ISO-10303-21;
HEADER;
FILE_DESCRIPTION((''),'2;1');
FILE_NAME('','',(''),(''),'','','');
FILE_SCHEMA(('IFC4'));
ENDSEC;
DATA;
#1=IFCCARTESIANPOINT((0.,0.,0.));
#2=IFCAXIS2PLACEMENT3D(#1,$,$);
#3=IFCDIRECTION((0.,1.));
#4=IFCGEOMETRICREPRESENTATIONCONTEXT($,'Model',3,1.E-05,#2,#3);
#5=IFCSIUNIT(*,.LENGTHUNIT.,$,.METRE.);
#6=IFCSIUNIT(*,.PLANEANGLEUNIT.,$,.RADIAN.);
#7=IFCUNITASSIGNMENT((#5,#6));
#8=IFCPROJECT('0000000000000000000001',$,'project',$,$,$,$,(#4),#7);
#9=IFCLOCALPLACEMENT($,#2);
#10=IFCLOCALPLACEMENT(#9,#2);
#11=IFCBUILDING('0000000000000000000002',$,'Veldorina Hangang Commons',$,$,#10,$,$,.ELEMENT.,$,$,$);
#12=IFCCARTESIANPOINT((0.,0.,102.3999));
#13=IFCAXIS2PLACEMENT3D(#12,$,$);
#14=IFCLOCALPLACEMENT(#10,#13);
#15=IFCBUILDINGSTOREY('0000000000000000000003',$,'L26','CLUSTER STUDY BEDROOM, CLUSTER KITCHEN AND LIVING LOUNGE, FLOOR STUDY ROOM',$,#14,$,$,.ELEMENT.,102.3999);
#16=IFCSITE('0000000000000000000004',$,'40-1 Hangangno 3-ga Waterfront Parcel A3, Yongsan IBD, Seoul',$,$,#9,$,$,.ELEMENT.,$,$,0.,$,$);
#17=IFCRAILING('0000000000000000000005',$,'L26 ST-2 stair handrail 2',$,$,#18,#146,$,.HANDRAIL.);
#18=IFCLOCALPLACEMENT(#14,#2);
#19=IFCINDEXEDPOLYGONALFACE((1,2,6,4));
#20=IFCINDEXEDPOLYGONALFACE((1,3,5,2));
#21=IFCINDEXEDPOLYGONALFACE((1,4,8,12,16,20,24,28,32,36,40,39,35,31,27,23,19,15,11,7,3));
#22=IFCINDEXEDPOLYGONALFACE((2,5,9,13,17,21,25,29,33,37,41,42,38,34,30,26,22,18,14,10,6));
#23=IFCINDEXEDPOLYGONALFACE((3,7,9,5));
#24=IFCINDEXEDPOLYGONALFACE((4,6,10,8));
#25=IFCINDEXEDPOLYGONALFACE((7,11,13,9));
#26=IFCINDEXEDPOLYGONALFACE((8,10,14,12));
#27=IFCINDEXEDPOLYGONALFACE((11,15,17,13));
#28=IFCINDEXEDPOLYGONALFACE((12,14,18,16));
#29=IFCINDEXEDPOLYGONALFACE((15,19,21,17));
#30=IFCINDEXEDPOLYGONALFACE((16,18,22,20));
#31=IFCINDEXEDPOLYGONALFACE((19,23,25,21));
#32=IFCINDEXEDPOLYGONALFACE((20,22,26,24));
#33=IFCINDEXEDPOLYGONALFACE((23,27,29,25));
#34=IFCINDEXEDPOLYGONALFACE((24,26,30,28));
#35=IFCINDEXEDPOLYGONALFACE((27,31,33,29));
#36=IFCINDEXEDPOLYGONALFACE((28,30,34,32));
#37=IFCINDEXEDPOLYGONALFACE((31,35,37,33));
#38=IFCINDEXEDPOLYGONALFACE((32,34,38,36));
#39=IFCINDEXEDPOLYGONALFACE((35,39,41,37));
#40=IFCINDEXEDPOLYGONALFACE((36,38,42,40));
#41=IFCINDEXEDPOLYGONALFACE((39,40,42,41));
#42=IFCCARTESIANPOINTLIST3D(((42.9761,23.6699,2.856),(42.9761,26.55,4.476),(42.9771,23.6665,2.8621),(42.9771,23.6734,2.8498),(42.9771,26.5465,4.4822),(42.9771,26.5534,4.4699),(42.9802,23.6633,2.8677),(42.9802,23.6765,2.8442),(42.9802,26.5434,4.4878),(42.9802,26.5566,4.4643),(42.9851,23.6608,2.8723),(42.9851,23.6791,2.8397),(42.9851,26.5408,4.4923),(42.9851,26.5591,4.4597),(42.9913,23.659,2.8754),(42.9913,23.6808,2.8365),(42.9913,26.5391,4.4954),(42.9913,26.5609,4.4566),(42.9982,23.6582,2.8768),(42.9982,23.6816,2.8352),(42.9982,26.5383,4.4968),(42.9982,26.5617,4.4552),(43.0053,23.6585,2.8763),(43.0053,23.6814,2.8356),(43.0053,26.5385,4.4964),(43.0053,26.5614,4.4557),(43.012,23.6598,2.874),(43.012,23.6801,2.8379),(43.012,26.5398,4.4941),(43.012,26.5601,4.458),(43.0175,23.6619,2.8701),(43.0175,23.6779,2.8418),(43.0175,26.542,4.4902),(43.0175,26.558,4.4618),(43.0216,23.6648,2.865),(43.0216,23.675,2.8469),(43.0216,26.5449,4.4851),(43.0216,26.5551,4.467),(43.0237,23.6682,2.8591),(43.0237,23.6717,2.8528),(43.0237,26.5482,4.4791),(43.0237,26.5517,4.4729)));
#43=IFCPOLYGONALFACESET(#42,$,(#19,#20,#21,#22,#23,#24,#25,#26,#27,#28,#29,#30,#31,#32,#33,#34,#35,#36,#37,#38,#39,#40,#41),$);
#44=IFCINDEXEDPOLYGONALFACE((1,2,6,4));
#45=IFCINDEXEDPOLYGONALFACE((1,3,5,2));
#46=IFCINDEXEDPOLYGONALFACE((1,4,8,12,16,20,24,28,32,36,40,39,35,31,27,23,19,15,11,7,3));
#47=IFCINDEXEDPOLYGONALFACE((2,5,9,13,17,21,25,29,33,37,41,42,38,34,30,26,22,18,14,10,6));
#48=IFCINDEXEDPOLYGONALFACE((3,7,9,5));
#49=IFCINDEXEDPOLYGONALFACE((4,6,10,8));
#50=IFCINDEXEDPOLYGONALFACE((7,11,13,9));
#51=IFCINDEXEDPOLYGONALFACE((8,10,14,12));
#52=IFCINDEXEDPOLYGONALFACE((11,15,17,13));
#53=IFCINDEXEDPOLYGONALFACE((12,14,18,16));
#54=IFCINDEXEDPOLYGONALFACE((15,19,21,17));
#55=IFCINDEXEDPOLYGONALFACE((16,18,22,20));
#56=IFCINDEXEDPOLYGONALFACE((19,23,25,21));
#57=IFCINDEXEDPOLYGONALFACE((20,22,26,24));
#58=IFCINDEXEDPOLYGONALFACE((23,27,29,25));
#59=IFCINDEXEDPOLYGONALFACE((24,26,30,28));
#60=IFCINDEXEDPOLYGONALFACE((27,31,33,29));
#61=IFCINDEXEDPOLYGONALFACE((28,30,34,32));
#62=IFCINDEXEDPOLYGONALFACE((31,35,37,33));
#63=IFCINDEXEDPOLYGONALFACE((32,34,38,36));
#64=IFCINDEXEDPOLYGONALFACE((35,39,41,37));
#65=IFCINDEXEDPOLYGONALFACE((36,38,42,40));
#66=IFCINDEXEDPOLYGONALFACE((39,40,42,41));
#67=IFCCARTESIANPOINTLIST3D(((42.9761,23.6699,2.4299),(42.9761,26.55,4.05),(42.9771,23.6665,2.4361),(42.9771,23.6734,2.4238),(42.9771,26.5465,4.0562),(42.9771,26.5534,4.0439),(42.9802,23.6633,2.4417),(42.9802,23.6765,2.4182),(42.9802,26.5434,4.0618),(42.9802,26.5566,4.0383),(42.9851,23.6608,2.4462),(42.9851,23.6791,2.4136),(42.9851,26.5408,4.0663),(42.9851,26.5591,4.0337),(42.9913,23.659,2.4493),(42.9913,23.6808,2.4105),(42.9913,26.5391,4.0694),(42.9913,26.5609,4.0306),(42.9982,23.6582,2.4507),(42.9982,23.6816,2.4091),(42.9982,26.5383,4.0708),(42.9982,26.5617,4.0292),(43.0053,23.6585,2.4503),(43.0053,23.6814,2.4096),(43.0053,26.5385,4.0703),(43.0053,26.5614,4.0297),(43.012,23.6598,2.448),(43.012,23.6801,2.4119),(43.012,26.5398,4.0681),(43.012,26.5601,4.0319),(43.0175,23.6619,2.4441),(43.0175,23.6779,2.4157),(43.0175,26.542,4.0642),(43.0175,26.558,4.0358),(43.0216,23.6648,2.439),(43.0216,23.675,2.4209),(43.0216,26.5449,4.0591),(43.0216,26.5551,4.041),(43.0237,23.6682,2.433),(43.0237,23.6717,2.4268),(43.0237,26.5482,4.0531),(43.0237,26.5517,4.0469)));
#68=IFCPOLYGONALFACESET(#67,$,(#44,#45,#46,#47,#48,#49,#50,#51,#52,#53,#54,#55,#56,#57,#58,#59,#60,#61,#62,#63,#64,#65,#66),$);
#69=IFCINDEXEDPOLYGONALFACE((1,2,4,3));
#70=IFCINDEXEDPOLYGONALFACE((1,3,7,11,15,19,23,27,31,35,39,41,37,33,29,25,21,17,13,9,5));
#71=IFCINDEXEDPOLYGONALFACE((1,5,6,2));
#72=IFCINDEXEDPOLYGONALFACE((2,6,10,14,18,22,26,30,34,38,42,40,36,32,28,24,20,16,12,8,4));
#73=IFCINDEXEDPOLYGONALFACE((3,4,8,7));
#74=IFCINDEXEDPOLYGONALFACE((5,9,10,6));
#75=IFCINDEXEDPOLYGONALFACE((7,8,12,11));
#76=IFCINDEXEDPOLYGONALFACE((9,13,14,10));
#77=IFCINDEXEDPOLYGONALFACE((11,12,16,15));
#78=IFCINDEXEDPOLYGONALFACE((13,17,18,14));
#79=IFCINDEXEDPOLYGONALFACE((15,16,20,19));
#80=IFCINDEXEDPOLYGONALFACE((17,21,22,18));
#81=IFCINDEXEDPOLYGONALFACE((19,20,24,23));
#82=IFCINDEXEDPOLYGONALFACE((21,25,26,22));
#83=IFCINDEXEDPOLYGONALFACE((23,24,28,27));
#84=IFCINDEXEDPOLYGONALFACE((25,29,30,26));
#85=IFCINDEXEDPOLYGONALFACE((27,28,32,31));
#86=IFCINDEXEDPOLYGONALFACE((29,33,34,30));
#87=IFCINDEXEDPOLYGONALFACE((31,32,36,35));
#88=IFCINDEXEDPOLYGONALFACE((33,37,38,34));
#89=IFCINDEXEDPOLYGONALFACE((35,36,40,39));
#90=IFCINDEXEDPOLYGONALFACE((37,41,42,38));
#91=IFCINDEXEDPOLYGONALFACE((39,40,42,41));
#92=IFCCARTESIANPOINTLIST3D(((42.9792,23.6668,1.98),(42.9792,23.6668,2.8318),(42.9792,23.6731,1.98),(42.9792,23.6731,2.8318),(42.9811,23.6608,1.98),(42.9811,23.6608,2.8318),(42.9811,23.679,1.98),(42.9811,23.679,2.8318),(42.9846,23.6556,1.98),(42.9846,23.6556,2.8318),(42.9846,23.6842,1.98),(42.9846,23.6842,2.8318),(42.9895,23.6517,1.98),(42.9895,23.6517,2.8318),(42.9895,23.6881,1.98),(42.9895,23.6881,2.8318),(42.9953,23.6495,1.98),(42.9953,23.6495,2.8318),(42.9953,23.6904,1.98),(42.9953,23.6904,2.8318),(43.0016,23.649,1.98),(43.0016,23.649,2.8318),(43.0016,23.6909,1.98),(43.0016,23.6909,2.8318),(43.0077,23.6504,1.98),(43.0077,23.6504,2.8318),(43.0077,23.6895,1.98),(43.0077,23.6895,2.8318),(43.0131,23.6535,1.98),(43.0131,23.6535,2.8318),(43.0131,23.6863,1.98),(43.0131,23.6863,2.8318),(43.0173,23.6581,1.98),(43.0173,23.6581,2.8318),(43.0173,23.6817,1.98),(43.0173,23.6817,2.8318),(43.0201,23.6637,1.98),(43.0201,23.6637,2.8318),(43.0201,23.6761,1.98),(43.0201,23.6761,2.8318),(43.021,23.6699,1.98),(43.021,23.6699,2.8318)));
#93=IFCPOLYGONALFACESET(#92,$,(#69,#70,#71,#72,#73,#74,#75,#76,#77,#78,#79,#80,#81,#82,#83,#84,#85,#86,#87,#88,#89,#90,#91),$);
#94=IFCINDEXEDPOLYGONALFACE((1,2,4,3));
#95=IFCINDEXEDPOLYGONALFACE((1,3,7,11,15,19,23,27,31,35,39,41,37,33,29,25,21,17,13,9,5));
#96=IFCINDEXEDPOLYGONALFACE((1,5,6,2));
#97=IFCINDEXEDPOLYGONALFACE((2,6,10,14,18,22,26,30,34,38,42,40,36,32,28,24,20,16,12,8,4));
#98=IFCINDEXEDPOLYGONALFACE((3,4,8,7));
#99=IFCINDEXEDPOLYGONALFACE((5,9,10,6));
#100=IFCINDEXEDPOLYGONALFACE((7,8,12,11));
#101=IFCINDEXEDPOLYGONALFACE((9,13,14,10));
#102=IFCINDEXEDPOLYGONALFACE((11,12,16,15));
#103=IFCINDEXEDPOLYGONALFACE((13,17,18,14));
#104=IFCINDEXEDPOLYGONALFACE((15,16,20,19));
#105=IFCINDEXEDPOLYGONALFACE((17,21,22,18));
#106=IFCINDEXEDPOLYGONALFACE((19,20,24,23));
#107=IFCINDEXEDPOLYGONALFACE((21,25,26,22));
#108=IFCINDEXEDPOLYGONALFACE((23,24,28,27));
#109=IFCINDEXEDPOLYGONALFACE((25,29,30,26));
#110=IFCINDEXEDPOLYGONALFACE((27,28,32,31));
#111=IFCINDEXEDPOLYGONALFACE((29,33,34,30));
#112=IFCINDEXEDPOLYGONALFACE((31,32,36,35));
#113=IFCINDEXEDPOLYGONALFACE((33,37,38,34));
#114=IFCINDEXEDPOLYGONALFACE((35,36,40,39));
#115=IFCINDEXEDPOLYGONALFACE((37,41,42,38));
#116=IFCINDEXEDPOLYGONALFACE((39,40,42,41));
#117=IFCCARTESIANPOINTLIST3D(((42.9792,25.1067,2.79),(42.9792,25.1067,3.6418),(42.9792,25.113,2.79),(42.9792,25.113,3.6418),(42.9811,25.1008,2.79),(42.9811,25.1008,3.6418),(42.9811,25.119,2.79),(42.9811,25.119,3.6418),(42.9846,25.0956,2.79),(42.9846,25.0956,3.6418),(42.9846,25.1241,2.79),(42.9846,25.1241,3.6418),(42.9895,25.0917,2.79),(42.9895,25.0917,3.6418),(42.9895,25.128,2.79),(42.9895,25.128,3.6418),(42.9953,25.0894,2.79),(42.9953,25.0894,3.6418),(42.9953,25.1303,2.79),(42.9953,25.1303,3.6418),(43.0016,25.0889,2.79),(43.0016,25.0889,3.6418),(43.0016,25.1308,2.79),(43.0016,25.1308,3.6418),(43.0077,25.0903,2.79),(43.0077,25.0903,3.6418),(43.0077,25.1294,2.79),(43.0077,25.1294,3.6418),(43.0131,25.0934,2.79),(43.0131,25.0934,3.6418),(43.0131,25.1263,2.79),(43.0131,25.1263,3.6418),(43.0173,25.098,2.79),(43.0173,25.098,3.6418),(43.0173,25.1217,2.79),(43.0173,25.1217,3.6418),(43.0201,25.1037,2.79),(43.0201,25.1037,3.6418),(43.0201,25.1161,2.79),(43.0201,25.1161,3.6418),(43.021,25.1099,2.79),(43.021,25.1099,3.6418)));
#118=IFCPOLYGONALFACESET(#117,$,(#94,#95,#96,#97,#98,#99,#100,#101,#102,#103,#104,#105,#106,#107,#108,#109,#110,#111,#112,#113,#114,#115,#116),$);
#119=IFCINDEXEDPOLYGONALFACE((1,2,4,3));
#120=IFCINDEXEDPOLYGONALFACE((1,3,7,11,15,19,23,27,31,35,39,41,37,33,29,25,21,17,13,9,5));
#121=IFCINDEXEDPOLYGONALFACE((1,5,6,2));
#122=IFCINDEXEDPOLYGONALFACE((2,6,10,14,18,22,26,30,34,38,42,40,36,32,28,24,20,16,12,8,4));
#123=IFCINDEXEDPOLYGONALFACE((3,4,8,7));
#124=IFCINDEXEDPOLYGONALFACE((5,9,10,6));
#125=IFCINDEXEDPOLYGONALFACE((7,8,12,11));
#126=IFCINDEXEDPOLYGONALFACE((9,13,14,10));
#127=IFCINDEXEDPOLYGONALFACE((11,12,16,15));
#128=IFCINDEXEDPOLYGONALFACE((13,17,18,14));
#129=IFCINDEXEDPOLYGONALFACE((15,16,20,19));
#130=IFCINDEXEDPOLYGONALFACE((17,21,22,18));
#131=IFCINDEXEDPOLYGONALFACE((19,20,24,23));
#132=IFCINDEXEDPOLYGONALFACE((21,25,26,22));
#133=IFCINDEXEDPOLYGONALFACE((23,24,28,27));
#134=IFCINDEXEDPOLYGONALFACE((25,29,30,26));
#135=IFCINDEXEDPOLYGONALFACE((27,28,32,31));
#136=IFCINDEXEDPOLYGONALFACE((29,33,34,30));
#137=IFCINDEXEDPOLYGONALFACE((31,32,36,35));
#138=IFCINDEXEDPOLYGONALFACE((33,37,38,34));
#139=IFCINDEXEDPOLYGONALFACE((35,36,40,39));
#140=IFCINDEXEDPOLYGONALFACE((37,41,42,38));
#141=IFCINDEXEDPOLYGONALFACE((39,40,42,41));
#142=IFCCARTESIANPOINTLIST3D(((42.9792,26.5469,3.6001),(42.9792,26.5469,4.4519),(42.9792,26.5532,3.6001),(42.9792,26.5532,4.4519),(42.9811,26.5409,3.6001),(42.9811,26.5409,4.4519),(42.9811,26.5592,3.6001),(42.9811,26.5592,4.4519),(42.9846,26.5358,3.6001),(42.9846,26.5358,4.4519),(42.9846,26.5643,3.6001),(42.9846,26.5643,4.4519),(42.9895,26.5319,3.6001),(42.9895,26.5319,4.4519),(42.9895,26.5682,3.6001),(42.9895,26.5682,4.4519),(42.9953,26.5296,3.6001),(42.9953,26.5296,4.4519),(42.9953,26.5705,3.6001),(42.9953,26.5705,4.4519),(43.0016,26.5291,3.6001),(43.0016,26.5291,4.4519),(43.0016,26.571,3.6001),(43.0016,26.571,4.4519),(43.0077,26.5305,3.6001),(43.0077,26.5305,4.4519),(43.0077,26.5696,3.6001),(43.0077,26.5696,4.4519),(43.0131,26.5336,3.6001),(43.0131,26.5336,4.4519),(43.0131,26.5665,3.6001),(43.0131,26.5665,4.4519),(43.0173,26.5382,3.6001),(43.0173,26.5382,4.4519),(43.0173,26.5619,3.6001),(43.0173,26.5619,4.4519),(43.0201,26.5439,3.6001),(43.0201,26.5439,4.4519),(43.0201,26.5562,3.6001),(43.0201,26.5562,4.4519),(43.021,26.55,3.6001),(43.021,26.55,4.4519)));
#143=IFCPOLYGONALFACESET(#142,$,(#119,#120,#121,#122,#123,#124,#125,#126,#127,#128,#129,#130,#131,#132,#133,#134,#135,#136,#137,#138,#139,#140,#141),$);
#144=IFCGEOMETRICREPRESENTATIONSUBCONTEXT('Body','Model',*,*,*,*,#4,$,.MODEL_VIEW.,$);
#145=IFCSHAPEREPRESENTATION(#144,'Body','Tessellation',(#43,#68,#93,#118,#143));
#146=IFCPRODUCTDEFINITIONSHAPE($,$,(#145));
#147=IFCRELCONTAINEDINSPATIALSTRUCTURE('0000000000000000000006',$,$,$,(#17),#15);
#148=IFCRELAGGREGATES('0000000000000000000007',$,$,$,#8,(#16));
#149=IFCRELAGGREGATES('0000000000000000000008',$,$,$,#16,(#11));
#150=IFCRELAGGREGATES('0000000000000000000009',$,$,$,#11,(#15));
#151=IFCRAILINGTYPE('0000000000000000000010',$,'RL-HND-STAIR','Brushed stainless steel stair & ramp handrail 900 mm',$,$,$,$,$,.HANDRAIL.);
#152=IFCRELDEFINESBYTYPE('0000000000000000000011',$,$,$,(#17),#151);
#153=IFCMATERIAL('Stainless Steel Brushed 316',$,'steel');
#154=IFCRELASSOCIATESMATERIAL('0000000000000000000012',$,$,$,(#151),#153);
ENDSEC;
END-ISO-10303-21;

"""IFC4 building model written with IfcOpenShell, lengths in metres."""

from ifc_helpers import new_model, si_unit, direction, frame, origin, origin_2d, place, context, subcontext, project, spatial, circle, extrude, material, type_object, element, save


model = new_model("IFC4")

# Units and contexts
model_context = context("Model", 3, precision=1e-05, world=origin(), true_north=direction((0.0, 1.0)))
body_context = subcontext(model_context, "Body", "Model", "MODEL_VIEW")
ifc_project = project(units=[si_unit("LENGTHUNIT", "METRE"), si_unit("PLANEANGLEUNIT", "RADIAN")], contexts=[model_context])

# Site, building, storey
site_placement = place(None, origin())
site = spatial("IfcSite", under=ifc_project, at=site_placement, Name="40-1 Hangangno 3-ga Waterfront Parcel A3, Yongsan IBD, Seoul", CompositionType="ELEMENT", RefElevation=0.0)
building_placement = place(site_placement, origin())
building = spatial("IfcBuilding", under=site, at=building_placement, Name="Veldorina Hangang Commons", CompositionType="ELEMENT")
storey_placement = place(building_placement, frame((0.0, 0.0, 102.3999)))
storey = spatial("IfcBuildingStorey", under=building, at=storey_placement, Name="L26", Description="CLUSTER STUDY BEDROOM, CLUSTER KITCHEN AND LIVING LOUNGE, FLOOR STUDY ROOM", CompositionType="ELEMENT", Elevation=102.3999)

# Railing
ifc_material_1 = material(Name="Stainless Steel Brushed 316", Category="steel")
railing_type_1 = type_object("IfcRailingType", Name="RL-HND-STAIR", Description="Brushed stainless steel stair & ramp handrail 900 mm", PredefinedType="HANDRAIL", material=ifc_material_1)
railing_1_placement = place(storey_placement, frame((43.0, 23.6699, 1.98)))
element("IfcRailing", 1, at=railing_1_placement, inside=storey, type_object=railing_type_1, Name="L26 ST-2 stair handrail 2", PredefinedType="HANDRAIL", context=body_context, shape_type="SweptSolid", body=[
    extrude(circle(Radius=0.0239, at=origin_2d()), frame((0.0, 0.0, 0.876), z_axis=(0.0, 0.87157, 0.490272), x_axis=(-1.0, 0.0, 0.0)), (0.0, 0.0, 1.0), 3.3044),
    extrude(circle(Radius=0.0239, at=origin_2d()), frame((0.0, 0.0, 0.45), z_axis=(0.0, 0.87157, 0.490272), x_axis=(-1.0, 0.0, 0.0)), (0.0, 0.0, 1.0), 3.3044),
    extrude(circle(Radius=0.021, at=origin_2d()), origin(), (0.0, 0.0, 1.0), 0.8518),
    extrude(circle(Radius=0.021, at=origin_2d()), frame((0.0, 1.4399, 0.8101)), (0.0, 0.0, 1.0), 0.8518),
    extrude(circle(Radius=0.021, at=origin_2d()), frame((0.0, 2.8801, 1.6201)), (0.0, 0.0, 1.0), 0.8518),
])

save(model, "model.ifc")
